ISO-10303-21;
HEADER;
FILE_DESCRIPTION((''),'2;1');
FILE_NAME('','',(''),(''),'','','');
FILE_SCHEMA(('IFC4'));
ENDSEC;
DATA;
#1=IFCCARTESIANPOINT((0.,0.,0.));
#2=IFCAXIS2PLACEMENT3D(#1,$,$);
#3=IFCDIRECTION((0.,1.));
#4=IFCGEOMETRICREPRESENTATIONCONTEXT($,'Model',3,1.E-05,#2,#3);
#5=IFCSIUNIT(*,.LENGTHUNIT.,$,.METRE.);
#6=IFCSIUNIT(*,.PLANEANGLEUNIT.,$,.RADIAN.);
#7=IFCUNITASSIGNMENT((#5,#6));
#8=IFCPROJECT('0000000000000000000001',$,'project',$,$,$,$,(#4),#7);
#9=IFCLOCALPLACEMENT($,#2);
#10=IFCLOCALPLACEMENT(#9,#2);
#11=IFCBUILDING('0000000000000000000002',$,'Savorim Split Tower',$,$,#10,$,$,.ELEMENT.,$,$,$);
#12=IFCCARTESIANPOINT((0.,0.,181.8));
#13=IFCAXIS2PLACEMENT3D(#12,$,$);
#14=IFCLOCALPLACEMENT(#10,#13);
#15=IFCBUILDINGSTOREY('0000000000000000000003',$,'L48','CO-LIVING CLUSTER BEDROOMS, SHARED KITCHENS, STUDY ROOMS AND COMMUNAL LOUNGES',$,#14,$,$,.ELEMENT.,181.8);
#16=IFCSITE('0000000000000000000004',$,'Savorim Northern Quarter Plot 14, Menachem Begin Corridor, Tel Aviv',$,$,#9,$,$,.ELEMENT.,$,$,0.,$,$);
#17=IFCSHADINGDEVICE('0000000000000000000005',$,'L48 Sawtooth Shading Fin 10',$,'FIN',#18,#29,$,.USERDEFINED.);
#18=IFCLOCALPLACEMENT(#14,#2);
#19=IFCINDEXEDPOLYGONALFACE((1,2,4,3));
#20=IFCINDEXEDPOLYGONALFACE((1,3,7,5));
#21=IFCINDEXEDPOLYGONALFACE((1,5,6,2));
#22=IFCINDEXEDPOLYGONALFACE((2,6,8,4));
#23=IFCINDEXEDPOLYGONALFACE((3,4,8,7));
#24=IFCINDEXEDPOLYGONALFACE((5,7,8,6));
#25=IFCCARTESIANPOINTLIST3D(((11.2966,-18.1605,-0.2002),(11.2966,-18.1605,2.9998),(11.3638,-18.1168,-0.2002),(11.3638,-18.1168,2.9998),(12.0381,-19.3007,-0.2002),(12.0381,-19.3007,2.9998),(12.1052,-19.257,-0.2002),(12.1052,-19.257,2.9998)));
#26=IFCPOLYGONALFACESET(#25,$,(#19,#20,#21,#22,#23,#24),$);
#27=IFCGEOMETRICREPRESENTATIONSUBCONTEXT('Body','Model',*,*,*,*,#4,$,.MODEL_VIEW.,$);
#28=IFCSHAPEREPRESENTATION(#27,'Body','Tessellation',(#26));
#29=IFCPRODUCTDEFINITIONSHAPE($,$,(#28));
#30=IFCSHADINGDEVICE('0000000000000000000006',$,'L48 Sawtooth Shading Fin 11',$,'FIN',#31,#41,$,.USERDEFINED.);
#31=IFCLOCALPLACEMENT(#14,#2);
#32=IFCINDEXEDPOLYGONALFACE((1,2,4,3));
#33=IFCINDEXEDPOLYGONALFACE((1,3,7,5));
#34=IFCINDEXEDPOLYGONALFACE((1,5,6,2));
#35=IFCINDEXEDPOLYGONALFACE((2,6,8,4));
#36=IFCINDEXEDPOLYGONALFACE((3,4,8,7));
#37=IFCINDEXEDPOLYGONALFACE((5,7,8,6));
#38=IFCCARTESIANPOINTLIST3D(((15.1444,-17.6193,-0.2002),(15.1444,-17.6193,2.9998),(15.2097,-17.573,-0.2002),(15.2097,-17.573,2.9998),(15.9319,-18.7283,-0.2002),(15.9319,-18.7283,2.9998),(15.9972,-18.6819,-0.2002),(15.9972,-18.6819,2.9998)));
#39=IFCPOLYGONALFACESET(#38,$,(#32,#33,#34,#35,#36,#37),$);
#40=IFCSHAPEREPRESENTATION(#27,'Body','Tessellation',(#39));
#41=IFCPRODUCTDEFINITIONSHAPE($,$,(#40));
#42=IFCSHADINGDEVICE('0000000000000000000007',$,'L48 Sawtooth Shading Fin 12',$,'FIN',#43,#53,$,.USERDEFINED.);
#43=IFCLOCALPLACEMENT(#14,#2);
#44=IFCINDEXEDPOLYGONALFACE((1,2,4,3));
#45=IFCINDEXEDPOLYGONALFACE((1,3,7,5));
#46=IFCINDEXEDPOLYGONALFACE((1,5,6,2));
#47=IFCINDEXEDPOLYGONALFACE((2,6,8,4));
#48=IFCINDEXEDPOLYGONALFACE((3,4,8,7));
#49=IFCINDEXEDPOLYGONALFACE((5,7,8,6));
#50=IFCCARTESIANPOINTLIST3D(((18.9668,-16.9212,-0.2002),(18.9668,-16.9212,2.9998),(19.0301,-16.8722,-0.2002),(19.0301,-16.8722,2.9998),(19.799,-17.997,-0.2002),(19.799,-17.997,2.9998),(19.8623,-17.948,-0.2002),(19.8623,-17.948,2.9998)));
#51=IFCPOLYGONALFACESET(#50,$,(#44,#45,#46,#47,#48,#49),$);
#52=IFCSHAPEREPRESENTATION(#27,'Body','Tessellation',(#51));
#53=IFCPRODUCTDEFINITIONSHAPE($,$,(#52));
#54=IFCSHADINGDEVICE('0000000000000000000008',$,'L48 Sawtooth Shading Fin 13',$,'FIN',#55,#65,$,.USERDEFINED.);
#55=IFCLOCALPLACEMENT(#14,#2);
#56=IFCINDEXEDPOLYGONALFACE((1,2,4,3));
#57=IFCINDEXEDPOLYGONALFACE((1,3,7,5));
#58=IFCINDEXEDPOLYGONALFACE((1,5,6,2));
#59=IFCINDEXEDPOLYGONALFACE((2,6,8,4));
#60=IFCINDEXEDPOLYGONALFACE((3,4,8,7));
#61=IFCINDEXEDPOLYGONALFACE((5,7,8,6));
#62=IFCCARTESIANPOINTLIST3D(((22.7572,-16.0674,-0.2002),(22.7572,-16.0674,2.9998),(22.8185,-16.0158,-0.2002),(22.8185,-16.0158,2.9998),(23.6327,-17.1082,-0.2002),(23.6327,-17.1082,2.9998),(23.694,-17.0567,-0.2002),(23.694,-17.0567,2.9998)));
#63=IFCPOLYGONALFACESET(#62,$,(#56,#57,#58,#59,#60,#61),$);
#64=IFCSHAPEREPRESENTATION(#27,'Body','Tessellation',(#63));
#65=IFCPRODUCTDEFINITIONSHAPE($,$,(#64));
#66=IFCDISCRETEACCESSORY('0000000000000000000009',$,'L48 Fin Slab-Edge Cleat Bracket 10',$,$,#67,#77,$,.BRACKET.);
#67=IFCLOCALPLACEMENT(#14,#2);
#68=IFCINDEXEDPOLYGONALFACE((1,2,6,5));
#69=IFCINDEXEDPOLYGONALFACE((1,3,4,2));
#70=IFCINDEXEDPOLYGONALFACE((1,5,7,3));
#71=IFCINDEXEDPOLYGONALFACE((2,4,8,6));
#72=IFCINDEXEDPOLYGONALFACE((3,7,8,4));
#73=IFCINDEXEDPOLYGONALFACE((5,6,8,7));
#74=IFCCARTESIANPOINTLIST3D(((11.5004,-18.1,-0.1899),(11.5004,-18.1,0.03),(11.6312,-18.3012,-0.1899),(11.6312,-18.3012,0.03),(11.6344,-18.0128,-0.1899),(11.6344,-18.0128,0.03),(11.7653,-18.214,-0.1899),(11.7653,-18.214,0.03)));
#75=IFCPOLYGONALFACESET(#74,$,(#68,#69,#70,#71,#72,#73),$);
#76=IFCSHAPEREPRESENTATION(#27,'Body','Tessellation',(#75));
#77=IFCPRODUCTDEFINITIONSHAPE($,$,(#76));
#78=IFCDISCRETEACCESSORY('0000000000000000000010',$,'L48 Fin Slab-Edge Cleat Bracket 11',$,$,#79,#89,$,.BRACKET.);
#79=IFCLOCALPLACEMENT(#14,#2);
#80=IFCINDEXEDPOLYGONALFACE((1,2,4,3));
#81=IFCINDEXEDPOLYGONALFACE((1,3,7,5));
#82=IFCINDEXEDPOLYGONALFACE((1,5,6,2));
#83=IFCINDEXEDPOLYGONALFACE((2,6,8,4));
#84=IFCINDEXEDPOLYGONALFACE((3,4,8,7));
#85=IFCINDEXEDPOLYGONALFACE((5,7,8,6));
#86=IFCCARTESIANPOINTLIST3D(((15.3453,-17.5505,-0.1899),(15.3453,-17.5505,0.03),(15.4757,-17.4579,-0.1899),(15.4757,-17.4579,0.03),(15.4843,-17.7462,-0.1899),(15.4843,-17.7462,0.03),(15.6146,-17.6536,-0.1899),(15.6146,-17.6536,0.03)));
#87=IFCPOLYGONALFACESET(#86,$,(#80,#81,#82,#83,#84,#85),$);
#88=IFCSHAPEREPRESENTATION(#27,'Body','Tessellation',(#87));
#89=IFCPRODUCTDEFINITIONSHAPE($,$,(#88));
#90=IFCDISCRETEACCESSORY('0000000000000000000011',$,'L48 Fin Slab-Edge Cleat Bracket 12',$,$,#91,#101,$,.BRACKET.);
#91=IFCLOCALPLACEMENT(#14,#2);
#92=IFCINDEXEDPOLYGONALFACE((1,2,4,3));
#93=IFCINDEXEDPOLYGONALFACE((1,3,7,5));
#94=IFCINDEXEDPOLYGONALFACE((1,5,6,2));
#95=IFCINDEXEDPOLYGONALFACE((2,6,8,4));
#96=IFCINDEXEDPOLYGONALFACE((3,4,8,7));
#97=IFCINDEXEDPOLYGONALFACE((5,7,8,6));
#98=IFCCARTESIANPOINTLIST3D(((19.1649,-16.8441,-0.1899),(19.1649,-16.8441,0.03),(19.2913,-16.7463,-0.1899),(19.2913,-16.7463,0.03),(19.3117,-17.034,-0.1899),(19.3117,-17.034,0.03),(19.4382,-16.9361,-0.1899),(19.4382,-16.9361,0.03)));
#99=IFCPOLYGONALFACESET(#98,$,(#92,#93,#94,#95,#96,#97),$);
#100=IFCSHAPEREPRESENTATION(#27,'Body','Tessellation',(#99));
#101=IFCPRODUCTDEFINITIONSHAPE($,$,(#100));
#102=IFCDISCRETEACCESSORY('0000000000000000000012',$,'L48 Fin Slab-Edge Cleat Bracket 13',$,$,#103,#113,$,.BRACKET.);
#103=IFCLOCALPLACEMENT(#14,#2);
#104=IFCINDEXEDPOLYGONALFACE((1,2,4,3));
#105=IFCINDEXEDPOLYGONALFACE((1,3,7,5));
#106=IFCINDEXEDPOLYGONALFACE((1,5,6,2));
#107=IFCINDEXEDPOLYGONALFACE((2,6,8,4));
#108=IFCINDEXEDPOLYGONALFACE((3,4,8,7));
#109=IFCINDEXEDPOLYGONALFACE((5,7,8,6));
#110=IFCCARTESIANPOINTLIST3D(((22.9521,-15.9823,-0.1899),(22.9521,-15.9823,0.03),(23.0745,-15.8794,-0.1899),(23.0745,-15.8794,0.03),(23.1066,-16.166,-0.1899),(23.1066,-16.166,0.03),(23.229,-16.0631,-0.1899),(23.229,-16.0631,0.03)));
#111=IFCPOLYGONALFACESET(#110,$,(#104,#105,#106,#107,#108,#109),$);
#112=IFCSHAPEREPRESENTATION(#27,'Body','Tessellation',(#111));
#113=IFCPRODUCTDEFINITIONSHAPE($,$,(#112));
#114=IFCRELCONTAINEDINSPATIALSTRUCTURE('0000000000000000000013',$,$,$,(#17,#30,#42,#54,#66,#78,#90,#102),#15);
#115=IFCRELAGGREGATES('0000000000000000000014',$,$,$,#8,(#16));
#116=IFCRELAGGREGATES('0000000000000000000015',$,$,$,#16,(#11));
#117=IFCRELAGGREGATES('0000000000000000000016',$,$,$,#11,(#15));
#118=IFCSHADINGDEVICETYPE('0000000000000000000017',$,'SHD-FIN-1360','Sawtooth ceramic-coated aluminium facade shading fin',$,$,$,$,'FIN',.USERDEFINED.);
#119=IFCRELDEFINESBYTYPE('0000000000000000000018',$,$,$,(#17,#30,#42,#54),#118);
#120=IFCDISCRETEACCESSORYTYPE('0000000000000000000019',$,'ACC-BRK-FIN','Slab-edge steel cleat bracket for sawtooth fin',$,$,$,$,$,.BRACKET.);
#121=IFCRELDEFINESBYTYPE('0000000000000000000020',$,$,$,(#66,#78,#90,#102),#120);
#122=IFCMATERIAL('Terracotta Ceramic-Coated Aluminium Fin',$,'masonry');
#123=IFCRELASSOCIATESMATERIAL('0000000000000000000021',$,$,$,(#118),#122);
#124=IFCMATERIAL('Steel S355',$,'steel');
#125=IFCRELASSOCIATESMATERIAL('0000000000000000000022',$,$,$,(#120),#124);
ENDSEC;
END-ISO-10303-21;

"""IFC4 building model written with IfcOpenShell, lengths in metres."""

from ifc_helpers import new_model, si_unit, direction, frame, origin, origin_2d, place, context, subcontext, project, spatial, rectangle, extrude, material, type_object, element, save


model = new_model("IFC4")

# Units and contexts
model_context = context("Model", 3, precision=1e-05, world=origin(), true_north=direction((0.0, 1.0)))
body_context = subcontext(model_context, "Body", "Model", "MODEL_VIEW")
ifc_project = project(units=[si_unit("LENGTHUNIT", "METRE"), si_unit("PLANEANGLEUNIT", "RADIAN")], contexts=[model_context])

# Site, building, storey
site_placement = place(None, origin())
site = spatial("IfcSite", under=ifc_project, at=site_placement, Name="Savorim Northern Quarter Plot 14, Menachem Begin Corridor, Tel Aviv", CompositionType="ELEMENT", RefElevation=0.0)
building_placement = place(site_placement, origin())
building = spatial("IfcBuilding", under=site, at=building_placement, Name="Savorim Split Tower", CompositionType="ELEMENT")
storey_placement = place(building_placement, frame((0.0, 0.0, 181.8)))
storey = spatial("IfcBuildingStorey", under=building, at=storey_placement, Name="L48", Description="CO-LIVING CLUSTER BEDROOMS, SHARED KITCHENS, STUDY ROOMS AND COMMUNAL LOUNGES", CompositionType="ELEMENT", Elevation=181.8)

# Shading devices
ifc_material_1 = material(Name="Terracotta Ceramic-Coated Aluminium Fin", Category="masonry")
shading_device_type = type_object("IfcShadingDeviceType", Name="SHD-FIN-1360", Description="Sawtooth ceramic-coated aluminium facade shading fin", ElementType="FIN", PredefinedType="USERDEFINED", material=ifc_material_1)
for number, where, z_axis, x_axis, name in (
    (1, (11.7009, -18.7087, -0.2002), (0.0, 0.0, 1.0), (0.545148, -0.83834, 0.0), "L48 Sawtooth Shading Fin 10"),
    (2, (15.5708, -18.1506, -0.2002), (0.0, 0.0, 1.0), (0.578994, -0.815332, 0.0), "L48 Sawtooth Shading Fin 11"),
    (3, (19.4146, -17.4346, -0.2002), (0.0, 0.0, 1.0), (0.611868, -0.79096, 0.0), "L48 Sawtooth Shading Fin 12"),
    (4, (23.2256, -16.562, -0.2002), (0.0, 0.0, 1.0), (0.643719, -0.765262, 0.0), "L48 Sawtooth Shading Fin 13"),
):
    element("IfcShadingDevice", number, at=place(storey_placement, frame(where, z_axis=z_axis, x_axis=x_axis)), inside=storey, type_object=shading_device_type, Name=name, ObjectType="FIN", PredefinedType="USERDEFINED", context=body_context, shape_type="SweptSolid", body=[
        extrude(rectangle(XDim=1.3601, YDim=0.0801, at=origin_2d()), origin(), (0.0, 0.0, 1.0), 3.2),
    ])

# Discrete accessories
ifc_material_2 = material(Name="Steel S355", Category="steel")
discrete_accessory_type = type_object("IfcDiscreteAccessoryType", Name="ACC-BRK-FIN", Description="Slab-edge steel cleat bracket for sawtooth fin", PredefinedType="BRACKET", material=ifc_material_2)
for number, where, z_axis, x_axis, name in (
    (5, (11.6328, -18.157, -0.1899), (0.0, 0.0, 1.0), (0.545148, -0.83834, 0.0), "L48 Fin Slab-Edge Cleat Bracket 10"),
    (6, (15.48, -17.6021, -0.1899), (0.0, 0.0, 1.0), (0.578994, -0.815332, 0.0), "L48 Fin Slab-Edge Cleat Bracket 11"),
    (7, (19.3015, -16.8901, -0.1899), (0.0, 0.0, 1.0), (0.611868, -0.79096, 0.0), "L48 Fin Slab-Edge Cleat Bracket 12"),
    (8, (23.0906, -16.0227, -0.1899), (0.0, 0.0, 1.0), (0.643719, -0.765262, 0.0), "L48 Fin Slab-Edge Cleat Bracket 13"),
):
    element("IfcDiscreteAccessory", number, at=place(storey_placement, frame(where, z_axis=z_axis, x_axis=x_axis)), inside=storey, type_object=discrete_accessory_type, Name=name, PredefinedType="BRACKET", context=body_context, shape_type="SweptSolid", body=[
        extrude(rectangle(XDim=0.24, YDim=0.1599, at=origin_2d()), origin(), (0.0, 0.0, 1.0), 0.22),
    ])

save(model, "model.ifc")
